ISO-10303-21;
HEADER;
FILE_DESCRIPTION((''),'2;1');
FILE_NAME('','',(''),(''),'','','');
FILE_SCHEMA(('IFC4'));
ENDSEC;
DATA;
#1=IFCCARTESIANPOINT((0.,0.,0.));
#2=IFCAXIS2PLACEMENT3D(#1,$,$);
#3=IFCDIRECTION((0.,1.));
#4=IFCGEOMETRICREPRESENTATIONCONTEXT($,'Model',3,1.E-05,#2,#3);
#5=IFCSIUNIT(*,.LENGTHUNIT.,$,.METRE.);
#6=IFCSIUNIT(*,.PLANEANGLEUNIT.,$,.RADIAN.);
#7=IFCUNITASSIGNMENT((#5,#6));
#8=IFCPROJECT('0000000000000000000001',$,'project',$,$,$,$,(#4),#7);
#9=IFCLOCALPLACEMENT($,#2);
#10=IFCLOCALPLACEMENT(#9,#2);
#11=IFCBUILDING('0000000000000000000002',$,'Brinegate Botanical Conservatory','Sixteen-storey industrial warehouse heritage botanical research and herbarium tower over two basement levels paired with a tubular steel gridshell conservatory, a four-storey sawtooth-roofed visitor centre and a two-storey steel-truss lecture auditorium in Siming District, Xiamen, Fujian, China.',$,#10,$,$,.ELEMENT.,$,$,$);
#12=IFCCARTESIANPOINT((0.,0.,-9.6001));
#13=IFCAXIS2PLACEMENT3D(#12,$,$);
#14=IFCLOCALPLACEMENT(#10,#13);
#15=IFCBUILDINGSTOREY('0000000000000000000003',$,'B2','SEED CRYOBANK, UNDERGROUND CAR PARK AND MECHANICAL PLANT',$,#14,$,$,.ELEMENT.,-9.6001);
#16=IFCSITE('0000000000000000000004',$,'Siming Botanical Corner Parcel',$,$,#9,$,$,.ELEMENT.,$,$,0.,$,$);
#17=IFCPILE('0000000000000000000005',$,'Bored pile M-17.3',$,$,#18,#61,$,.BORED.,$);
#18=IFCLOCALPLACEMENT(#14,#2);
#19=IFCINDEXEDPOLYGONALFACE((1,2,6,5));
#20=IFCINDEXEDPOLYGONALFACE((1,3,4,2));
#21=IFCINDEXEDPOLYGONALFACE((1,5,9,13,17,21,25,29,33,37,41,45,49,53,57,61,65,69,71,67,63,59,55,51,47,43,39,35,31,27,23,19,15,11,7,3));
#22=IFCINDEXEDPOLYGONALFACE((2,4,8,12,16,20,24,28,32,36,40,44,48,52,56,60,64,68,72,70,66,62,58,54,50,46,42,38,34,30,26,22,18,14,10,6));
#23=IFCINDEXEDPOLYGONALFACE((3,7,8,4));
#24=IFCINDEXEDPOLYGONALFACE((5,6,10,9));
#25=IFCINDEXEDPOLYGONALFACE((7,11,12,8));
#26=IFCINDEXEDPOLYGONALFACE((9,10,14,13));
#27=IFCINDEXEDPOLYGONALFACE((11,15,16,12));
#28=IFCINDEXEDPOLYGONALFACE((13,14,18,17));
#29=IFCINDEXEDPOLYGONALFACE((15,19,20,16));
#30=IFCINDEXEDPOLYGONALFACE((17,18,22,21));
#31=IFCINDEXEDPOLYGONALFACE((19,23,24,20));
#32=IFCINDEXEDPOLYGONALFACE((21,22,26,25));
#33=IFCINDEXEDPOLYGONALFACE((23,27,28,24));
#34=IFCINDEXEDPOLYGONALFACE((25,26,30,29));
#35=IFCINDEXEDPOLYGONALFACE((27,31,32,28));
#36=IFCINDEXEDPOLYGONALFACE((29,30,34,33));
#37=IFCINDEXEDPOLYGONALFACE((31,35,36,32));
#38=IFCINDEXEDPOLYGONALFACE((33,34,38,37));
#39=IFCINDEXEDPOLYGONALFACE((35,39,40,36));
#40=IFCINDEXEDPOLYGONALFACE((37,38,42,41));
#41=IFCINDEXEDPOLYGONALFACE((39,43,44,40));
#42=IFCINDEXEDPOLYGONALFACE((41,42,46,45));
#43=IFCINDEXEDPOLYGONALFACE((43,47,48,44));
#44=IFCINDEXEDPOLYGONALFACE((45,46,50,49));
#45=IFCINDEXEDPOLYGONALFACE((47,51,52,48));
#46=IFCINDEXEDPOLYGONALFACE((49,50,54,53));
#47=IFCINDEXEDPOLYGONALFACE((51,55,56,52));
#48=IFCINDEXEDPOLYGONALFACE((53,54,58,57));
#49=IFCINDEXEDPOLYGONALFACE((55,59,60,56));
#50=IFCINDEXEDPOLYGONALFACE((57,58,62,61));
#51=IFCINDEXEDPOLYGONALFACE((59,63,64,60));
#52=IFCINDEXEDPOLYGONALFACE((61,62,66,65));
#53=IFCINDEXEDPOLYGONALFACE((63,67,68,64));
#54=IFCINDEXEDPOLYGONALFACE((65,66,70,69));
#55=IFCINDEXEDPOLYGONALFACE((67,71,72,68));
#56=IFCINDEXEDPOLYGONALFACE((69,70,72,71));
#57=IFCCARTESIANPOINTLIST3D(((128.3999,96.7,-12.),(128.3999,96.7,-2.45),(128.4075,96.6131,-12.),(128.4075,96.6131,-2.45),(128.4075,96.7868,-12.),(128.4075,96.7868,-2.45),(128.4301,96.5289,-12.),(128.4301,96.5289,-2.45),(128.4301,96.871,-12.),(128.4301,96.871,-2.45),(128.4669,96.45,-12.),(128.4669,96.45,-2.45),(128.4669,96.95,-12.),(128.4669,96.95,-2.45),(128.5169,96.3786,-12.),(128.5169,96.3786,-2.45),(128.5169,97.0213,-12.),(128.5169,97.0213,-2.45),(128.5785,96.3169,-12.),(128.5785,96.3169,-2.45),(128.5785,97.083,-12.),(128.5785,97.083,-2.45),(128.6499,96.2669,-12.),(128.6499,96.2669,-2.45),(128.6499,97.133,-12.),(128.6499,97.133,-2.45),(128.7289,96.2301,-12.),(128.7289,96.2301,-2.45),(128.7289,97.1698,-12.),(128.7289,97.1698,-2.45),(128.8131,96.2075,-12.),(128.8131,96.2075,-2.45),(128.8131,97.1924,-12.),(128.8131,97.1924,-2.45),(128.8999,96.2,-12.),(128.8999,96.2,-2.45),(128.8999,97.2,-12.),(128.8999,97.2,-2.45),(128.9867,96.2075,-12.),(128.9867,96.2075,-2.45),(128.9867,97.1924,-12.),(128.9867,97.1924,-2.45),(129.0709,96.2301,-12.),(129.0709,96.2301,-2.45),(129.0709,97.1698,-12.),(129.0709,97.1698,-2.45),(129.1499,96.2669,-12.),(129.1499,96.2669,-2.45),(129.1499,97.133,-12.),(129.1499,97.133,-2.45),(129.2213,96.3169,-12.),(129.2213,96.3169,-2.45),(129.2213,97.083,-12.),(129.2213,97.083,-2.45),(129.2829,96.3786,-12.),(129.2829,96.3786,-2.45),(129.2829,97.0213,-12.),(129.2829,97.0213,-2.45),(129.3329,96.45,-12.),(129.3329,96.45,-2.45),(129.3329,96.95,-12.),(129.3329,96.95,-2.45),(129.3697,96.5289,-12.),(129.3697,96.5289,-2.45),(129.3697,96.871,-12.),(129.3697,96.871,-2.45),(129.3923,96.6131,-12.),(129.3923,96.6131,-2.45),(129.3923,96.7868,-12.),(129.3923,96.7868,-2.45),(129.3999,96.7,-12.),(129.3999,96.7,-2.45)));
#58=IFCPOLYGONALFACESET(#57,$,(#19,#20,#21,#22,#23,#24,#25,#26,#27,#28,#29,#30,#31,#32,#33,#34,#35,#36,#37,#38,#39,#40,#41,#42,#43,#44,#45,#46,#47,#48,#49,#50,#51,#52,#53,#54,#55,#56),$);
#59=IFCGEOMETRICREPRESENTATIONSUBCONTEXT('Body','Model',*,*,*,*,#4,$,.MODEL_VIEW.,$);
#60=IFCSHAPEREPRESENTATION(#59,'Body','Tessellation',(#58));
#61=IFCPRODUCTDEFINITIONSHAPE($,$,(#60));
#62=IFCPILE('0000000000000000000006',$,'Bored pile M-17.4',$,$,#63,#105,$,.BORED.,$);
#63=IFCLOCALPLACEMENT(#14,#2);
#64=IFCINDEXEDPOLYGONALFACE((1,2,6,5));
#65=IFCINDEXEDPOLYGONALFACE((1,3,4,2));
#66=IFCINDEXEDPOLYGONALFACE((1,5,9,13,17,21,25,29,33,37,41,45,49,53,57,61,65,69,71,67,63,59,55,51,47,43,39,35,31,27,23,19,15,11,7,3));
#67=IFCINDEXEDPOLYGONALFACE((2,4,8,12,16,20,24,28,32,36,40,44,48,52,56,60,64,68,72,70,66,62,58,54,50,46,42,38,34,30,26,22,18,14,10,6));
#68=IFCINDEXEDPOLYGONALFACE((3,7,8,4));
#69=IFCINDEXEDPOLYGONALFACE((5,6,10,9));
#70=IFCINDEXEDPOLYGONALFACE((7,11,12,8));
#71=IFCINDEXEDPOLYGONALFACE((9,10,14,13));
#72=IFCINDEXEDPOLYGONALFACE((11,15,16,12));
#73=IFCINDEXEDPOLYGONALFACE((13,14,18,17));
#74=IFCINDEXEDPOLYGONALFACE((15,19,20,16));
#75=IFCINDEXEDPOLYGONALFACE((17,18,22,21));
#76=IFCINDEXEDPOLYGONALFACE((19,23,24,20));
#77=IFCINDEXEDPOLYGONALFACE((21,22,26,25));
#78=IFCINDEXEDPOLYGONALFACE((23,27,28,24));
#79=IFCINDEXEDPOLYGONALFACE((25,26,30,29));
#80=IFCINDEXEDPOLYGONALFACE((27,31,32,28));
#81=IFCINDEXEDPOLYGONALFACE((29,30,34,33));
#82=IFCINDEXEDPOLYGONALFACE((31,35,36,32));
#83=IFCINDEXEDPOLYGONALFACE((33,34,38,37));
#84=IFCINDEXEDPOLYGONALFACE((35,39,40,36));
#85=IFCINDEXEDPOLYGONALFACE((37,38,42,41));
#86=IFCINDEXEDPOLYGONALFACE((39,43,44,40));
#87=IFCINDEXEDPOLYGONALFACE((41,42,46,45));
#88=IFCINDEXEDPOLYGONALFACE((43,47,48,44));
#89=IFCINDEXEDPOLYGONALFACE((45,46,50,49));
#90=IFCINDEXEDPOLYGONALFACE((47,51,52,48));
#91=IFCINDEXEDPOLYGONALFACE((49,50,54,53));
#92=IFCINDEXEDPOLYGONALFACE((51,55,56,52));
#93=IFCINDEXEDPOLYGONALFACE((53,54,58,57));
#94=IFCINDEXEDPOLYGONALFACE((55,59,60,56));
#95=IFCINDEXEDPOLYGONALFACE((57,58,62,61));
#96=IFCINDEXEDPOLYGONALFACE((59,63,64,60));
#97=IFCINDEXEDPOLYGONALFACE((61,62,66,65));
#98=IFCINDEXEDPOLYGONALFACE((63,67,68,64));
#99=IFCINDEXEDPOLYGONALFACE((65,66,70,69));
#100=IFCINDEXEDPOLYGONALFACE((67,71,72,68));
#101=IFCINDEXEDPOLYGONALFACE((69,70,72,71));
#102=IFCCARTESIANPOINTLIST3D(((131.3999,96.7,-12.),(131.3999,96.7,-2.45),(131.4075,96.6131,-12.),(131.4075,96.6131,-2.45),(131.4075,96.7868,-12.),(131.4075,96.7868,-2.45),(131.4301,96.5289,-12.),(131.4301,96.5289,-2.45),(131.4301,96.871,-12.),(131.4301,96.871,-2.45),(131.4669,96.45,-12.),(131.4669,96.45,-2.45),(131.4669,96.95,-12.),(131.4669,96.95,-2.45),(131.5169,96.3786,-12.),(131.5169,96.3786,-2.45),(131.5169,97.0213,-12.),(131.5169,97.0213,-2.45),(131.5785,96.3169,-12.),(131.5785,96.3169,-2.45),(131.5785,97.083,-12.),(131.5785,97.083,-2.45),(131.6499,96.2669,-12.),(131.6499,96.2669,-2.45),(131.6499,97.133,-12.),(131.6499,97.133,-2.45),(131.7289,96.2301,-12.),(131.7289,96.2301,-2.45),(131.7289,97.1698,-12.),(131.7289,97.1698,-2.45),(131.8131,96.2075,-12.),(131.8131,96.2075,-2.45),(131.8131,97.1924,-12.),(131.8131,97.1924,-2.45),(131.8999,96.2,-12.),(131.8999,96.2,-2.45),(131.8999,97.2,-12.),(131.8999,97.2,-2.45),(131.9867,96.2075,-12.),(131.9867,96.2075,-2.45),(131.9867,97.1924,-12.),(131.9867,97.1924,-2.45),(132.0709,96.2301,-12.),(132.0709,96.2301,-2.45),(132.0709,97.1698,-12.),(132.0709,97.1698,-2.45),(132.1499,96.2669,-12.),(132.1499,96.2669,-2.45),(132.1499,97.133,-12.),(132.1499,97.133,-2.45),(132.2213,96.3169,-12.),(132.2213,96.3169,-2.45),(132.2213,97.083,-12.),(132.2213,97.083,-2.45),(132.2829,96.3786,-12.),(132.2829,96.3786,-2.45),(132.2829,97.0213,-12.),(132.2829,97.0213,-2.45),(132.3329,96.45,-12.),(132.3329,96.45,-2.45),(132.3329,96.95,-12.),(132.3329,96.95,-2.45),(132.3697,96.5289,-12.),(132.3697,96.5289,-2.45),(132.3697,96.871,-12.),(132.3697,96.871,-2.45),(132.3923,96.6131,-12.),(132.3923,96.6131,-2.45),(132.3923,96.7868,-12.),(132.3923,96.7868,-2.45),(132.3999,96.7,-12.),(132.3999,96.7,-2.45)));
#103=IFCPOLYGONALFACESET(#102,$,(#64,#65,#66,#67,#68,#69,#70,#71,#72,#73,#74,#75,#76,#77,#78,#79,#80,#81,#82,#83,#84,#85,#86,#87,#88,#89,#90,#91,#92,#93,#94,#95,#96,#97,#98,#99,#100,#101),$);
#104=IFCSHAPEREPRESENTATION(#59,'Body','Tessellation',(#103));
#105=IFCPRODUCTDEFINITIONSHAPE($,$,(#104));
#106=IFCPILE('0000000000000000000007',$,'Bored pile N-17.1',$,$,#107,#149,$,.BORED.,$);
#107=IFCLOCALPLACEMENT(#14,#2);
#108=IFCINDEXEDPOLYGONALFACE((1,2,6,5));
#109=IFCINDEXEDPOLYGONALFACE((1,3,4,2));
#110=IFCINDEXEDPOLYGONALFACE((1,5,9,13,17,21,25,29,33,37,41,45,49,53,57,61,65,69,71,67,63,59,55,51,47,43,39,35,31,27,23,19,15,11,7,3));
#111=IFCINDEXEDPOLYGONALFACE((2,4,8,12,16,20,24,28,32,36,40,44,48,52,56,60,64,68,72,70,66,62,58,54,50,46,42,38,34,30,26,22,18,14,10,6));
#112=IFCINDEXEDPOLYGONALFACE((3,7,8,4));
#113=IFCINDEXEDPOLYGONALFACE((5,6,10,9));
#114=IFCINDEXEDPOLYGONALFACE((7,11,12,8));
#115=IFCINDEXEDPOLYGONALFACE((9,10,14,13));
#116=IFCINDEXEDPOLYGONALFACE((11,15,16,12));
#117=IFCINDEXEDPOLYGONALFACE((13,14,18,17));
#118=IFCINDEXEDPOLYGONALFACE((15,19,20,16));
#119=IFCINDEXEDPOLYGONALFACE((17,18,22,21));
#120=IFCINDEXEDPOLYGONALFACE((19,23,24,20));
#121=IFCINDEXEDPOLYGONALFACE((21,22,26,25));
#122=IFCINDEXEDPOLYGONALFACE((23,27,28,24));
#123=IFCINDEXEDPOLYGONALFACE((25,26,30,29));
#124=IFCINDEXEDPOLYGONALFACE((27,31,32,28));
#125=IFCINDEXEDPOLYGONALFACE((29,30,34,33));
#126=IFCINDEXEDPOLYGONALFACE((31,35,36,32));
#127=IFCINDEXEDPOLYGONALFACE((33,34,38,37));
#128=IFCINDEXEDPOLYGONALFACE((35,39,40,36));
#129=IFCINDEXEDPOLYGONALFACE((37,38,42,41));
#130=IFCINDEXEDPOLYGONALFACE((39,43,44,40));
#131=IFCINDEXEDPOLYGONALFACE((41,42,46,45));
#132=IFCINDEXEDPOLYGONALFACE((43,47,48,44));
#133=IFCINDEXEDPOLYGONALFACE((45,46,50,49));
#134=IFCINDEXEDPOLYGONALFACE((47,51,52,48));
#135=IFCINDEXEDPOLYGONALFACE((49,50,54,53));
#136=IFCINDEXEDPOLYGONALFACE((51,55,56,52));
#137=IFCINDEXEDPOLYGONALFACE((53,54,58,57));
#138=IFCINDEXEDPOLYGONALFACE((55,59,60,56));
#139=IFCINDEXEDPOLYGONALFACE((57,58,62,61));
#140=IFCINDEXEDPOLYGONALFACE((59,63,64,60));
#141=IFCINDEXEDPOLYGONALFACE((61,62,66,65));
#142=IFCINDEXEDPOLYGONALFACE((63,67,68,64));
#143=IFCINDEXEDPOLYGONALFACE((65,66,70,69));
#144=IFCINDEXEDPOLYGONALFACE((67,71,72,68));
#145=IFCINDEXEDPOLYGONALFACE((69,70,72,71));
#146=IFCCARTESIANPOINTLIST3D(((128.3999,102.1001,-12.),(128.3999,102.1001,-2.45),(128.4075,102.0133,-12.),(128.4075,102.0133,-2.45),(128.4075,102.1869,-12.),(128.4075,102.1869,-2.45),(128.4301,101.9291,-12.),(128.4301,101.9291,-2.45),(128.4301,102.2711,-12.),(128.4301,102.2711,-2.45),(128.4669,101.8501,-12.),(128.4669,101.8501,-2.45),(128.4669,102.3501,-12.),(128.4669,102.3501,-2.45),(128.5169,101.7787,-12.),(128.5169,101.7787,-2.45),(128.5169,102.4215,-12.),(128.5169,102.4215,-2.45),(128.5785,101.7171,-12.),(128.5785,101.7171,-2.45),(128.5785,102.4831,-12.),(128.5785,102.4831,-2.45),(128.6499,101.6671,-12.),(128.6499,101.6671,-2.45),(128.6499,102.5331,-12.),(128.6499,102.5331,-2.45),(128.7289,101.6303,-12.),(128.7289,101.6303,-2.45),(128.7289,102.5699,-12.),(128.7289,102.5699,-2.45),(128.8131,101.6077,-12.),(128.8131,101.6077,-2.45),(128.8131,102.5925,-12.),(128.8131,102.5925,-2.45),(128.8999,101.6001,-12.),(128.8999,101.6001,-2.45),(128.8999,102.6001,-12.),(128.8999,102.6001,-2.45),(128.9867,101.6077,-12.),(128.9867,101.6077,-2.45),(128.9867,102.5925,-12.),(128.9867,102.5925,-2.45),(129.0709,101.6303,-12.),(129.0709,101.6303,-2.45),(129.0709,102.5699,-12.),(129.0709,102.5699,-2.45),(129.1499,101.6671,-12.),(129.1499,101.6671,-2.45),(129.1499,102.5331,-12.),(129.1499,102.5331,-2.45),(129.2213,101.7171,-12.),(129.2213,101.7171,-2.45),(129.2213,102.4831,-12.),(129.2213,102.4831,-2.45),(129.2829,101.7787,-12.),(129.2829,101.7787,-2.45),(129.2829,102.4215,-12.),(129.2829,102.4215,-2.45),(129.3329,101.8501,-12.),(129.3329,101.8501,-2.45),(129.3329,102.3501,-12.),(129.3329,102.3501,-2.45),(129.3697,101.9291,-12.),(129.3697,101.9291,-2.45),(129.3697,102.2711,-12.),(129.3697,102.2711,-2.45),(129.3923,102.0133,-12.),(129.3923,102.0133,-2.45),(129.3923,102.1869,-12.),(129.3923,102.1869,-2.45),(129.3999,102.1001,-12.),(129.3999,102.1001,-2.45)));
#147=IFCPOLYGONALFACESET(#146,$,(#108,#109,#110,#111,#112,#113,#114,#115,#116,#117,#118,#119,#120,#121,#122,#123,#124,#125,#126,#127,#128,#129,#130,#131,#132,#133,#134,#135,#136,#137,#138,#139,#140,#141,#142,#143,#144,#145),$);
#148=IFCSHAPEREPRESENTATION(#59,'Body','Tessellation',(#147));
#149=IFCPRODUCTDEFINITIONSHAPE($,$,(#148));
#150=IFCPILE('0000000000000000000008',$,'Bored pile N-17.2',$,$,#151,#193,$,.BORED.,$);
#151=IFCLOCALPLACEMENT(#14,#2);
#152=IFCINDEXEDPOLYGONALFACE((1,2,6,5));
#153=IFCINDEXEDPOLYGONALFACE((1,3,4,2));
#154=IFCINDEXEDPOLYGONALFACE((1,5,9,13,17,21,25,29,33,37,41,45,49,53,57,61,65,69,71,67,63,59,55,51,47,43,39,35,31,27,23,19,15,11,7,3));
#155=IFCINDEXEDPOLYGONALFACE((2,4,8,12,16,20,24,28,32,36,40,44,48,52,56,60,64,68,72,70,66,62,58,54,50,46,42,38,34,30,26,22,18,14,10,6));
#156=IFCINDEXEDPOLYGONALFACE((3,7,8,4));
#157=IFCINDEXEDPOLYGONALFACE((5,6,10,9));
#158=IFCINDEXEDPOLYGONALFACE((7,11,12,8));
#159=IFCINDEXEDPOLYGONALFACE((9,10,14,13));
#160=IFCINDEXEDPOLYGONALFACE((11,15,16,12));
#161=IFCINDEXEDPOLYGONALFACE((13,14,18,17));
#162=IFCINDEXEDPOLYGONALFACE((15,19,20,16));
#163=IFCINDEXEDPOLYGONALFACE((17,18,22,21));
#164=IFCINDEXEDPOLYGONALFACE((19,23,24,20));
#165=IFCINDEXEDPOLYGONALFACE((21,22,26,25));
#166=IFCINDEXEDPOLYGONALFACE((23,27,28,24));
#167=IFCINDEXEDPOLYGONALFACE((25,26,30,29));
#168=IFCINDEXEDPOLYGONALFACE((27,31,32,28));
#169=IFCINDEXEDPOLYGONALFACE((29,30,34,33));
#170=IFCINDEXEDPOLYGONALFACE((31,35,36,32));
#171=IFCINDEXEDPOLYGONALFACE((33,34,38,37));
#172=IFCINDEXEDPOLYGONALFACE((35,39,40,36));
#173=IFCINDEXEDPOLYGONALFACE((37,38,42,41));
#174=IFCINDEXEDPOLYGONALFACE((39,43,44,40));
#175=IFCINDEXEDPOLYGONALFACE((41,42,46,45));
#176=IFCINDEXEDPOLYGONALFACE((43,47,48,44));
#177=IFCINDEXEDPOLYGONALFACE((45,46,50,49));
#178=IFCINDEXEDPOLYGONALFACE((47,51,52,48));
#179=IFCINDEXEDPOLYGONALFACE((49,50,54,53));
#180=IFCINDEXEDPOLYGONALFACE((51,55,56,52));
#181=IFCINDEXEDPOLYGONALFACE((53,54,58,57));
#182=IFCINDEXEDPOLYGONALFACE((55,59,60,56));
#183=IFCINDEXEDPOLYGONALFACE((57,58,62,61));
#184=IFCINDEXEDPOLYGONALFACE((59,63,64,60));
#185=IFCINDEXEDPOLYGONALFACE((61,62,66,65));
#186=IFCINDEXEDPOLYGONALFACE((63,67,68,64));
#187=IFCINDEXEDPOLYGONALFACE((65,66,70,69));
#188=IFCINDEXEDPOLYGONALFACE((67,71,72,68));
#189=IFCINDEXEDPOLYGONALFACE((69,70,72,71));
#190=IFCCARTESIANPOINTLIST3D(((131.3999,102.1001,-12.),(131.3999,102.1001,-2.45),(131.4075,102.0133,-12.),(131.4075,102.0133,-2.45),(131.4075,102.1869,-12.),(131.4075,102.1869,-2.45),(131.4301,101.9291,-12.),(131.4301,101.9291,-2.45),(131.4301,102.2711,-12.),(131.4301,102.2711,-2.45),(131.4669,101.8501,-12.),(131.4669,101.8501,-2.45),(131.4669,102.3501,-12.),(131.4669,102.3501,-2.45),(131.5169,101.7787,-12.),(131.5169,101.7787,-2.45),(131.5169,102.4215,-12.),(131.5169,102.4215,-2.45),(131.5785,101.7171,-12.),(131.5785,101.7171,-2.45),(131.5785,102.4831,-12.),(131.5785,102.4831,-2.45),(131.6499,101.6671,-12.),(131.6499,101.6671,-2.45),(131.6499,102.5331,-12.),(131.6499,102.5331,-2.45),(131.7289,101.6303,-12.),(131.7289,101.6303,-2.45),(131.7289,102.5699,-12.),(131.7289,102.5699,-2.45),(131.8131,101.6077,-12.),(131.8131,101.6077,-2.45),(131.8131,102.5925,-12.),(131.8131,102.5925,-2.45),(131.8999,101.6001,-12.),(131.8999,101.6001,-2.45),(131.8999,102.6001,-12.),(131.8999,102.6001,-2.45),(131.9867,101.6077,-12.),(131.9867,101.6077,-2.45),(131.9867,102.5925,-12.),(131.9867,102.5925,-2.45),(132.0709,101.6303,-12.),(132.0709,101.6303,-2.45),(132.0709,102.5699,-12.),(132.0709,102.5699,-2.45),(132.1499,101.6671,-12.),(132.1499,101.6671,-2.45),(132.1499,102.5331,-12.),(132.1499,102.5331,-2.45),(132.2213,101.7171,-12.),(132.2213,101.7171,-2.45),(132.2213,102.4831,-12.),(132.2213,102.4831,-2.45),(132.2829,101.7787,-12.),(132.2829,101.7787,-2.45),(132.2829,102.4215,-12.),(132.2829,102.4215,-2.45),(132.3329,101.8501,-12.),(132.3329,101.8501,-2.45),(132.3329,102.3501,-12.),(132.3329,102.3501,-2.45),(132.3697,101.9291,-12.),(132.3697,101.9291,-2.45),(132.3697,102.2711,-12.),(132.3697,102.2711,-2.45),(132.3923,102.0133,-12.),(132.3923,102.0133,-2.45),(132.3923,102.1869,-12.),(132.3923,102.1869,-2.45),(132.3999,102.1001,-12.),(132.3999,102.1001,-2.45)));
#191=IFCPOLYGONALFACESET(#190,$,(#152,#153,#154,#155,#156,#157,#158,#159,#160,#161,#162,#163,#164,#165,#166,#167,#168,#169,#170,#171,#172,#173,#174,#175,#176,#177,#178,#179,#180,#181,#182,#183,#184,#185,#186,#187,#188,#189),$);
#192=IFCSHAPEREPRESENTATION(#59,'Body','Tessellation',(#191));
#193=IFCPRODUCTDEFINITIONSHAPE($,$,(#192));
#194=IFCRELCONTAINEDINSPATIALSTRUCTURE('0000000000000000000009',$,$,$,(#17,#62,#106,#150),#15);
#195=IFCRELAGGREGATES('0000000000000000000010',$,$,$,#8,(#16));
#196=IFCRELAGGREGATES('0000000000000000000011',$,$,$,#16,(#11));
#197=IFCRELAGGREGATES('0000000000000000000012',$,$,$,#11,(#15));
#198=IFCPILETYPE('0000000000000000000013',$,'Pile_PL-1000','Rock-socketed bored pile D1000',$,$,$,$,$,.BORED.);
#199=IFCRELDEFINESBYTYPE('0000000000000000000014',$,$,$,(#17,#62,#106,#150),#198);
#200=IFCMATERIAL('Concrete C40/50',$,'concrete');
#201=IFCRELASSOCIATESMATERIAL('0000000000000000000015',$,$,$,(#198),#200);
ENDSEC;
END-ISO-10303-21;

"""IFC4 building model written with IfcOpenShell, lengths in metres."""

from ifc_helpers import new_model, si_unit, direction, frame, origin, origin_2d, place, context, subcontext, project, spatial, circle, extrude, material, material_profile, profile_set, type_object, element, save


model = new_model("IFC4")

# Units and contexts
model_context = context("Model", 3, precision=1e-05, world=origin(), true_north=direction((0.0, 1.0)))
body_context = subcontext(model_context, "Body", "Model", "MODEL_VIEW")
ifc_project = project(units=[si_unit("LENGTHUNIT", "METRE"), si_unit("PLANEANGLEUNIT", "RADIAN")], contexts=[model_context])

# Site, building, storey
site_placement = place(None, origin())
site = spatial("IfcSite", under=ifc_project, at=site_placement, Name="Siming Botanical Corner Parcel", CompositionType="ELEMENT", RefElevation=0.0)
building_placement = place(site_placement, origin())
building = spatial("IfcBuilding", under=site, at=building_placement, Name="Brinegate Botanical Conservatory", Description="Sixteen-storey industrial warehouse heritage botanical research and herbarium tower over two basement levels paired with a tubular steel gridshell conservatory, a four-storey sawtooth-roofed visitor centre and a two-storey steel-truss lecture auditorium in Siming District, Xiamen, Fujian, China.", CompositionType="ELEMENT")
storey_placement = place(building_placement, frame((0.0, 0.0, -9.6001)))
storey = spatial("IfcBuildingStorey", under=building, at=storey_placement, Name="B2", Description="SEED CRYOBANK, UNDERGROUND CAR PARK AND MECHANICAL PLANT", CompositionType="ELEMENT", Elevation=-9.6001)

# Shared definitions
ifc_material_1 = material(Name="Concrete C40/50", Category="concrete")

# Piles
ifc_material_profile_1 = material_profile(ifc_material_1, circle(Radius=0.5, at=origin_2d()), Name="PILE D1000")
ifc_profile_set_1 = profile_set([ifc_material_profile_1], Name="Concrete C40/50")
pile_type = type_object("IfcPileType", Name="Pile_PL-1000", Description="Rock-socketed bored pile D1000", PredefinedType="BORED", material=ifc_profile_set_1)
for number, where, z_axis, x_axis, name in (
    (1, (128.8999, 96.7, -2.45), (0.0, 0.0, -1.0), (1.0, 0.0, 0.0), "Bored pile M-17.3"),
    (2, (131.8999, 96.7, -2.45), (0.0, 0.0, -1.0), (1.0, 0.0, 0.0), "Bored pile M-17.4"),
    (3, (128.8999, 102.1001, -2.45), (0.0, 0.0, -1.0), (1.0, 0.0, 0.0), "Bored pile N-17.1"),
    (4, (131.8999, 102.1001, -2.45), (0.0, 0.0, -1.0), (1.0, 0.0, 0.0), "Bored pile N-17.2"),
):
    element("IfcPile", number, at=place(storey_placement, frame(where, z_axis=z_axis, x_axis=x_axis)), inside=storey, type_object=pile_type, Name=name, PredefinedType="BORED", context=body_context, shape_type="SweptSolid", body=[
        extrude(circle(Radius=0.5, at=origin_2d()), origin(), (0.0, 0.0, 1.0), 9.55),
    ])

save(model, "model.ifc")
